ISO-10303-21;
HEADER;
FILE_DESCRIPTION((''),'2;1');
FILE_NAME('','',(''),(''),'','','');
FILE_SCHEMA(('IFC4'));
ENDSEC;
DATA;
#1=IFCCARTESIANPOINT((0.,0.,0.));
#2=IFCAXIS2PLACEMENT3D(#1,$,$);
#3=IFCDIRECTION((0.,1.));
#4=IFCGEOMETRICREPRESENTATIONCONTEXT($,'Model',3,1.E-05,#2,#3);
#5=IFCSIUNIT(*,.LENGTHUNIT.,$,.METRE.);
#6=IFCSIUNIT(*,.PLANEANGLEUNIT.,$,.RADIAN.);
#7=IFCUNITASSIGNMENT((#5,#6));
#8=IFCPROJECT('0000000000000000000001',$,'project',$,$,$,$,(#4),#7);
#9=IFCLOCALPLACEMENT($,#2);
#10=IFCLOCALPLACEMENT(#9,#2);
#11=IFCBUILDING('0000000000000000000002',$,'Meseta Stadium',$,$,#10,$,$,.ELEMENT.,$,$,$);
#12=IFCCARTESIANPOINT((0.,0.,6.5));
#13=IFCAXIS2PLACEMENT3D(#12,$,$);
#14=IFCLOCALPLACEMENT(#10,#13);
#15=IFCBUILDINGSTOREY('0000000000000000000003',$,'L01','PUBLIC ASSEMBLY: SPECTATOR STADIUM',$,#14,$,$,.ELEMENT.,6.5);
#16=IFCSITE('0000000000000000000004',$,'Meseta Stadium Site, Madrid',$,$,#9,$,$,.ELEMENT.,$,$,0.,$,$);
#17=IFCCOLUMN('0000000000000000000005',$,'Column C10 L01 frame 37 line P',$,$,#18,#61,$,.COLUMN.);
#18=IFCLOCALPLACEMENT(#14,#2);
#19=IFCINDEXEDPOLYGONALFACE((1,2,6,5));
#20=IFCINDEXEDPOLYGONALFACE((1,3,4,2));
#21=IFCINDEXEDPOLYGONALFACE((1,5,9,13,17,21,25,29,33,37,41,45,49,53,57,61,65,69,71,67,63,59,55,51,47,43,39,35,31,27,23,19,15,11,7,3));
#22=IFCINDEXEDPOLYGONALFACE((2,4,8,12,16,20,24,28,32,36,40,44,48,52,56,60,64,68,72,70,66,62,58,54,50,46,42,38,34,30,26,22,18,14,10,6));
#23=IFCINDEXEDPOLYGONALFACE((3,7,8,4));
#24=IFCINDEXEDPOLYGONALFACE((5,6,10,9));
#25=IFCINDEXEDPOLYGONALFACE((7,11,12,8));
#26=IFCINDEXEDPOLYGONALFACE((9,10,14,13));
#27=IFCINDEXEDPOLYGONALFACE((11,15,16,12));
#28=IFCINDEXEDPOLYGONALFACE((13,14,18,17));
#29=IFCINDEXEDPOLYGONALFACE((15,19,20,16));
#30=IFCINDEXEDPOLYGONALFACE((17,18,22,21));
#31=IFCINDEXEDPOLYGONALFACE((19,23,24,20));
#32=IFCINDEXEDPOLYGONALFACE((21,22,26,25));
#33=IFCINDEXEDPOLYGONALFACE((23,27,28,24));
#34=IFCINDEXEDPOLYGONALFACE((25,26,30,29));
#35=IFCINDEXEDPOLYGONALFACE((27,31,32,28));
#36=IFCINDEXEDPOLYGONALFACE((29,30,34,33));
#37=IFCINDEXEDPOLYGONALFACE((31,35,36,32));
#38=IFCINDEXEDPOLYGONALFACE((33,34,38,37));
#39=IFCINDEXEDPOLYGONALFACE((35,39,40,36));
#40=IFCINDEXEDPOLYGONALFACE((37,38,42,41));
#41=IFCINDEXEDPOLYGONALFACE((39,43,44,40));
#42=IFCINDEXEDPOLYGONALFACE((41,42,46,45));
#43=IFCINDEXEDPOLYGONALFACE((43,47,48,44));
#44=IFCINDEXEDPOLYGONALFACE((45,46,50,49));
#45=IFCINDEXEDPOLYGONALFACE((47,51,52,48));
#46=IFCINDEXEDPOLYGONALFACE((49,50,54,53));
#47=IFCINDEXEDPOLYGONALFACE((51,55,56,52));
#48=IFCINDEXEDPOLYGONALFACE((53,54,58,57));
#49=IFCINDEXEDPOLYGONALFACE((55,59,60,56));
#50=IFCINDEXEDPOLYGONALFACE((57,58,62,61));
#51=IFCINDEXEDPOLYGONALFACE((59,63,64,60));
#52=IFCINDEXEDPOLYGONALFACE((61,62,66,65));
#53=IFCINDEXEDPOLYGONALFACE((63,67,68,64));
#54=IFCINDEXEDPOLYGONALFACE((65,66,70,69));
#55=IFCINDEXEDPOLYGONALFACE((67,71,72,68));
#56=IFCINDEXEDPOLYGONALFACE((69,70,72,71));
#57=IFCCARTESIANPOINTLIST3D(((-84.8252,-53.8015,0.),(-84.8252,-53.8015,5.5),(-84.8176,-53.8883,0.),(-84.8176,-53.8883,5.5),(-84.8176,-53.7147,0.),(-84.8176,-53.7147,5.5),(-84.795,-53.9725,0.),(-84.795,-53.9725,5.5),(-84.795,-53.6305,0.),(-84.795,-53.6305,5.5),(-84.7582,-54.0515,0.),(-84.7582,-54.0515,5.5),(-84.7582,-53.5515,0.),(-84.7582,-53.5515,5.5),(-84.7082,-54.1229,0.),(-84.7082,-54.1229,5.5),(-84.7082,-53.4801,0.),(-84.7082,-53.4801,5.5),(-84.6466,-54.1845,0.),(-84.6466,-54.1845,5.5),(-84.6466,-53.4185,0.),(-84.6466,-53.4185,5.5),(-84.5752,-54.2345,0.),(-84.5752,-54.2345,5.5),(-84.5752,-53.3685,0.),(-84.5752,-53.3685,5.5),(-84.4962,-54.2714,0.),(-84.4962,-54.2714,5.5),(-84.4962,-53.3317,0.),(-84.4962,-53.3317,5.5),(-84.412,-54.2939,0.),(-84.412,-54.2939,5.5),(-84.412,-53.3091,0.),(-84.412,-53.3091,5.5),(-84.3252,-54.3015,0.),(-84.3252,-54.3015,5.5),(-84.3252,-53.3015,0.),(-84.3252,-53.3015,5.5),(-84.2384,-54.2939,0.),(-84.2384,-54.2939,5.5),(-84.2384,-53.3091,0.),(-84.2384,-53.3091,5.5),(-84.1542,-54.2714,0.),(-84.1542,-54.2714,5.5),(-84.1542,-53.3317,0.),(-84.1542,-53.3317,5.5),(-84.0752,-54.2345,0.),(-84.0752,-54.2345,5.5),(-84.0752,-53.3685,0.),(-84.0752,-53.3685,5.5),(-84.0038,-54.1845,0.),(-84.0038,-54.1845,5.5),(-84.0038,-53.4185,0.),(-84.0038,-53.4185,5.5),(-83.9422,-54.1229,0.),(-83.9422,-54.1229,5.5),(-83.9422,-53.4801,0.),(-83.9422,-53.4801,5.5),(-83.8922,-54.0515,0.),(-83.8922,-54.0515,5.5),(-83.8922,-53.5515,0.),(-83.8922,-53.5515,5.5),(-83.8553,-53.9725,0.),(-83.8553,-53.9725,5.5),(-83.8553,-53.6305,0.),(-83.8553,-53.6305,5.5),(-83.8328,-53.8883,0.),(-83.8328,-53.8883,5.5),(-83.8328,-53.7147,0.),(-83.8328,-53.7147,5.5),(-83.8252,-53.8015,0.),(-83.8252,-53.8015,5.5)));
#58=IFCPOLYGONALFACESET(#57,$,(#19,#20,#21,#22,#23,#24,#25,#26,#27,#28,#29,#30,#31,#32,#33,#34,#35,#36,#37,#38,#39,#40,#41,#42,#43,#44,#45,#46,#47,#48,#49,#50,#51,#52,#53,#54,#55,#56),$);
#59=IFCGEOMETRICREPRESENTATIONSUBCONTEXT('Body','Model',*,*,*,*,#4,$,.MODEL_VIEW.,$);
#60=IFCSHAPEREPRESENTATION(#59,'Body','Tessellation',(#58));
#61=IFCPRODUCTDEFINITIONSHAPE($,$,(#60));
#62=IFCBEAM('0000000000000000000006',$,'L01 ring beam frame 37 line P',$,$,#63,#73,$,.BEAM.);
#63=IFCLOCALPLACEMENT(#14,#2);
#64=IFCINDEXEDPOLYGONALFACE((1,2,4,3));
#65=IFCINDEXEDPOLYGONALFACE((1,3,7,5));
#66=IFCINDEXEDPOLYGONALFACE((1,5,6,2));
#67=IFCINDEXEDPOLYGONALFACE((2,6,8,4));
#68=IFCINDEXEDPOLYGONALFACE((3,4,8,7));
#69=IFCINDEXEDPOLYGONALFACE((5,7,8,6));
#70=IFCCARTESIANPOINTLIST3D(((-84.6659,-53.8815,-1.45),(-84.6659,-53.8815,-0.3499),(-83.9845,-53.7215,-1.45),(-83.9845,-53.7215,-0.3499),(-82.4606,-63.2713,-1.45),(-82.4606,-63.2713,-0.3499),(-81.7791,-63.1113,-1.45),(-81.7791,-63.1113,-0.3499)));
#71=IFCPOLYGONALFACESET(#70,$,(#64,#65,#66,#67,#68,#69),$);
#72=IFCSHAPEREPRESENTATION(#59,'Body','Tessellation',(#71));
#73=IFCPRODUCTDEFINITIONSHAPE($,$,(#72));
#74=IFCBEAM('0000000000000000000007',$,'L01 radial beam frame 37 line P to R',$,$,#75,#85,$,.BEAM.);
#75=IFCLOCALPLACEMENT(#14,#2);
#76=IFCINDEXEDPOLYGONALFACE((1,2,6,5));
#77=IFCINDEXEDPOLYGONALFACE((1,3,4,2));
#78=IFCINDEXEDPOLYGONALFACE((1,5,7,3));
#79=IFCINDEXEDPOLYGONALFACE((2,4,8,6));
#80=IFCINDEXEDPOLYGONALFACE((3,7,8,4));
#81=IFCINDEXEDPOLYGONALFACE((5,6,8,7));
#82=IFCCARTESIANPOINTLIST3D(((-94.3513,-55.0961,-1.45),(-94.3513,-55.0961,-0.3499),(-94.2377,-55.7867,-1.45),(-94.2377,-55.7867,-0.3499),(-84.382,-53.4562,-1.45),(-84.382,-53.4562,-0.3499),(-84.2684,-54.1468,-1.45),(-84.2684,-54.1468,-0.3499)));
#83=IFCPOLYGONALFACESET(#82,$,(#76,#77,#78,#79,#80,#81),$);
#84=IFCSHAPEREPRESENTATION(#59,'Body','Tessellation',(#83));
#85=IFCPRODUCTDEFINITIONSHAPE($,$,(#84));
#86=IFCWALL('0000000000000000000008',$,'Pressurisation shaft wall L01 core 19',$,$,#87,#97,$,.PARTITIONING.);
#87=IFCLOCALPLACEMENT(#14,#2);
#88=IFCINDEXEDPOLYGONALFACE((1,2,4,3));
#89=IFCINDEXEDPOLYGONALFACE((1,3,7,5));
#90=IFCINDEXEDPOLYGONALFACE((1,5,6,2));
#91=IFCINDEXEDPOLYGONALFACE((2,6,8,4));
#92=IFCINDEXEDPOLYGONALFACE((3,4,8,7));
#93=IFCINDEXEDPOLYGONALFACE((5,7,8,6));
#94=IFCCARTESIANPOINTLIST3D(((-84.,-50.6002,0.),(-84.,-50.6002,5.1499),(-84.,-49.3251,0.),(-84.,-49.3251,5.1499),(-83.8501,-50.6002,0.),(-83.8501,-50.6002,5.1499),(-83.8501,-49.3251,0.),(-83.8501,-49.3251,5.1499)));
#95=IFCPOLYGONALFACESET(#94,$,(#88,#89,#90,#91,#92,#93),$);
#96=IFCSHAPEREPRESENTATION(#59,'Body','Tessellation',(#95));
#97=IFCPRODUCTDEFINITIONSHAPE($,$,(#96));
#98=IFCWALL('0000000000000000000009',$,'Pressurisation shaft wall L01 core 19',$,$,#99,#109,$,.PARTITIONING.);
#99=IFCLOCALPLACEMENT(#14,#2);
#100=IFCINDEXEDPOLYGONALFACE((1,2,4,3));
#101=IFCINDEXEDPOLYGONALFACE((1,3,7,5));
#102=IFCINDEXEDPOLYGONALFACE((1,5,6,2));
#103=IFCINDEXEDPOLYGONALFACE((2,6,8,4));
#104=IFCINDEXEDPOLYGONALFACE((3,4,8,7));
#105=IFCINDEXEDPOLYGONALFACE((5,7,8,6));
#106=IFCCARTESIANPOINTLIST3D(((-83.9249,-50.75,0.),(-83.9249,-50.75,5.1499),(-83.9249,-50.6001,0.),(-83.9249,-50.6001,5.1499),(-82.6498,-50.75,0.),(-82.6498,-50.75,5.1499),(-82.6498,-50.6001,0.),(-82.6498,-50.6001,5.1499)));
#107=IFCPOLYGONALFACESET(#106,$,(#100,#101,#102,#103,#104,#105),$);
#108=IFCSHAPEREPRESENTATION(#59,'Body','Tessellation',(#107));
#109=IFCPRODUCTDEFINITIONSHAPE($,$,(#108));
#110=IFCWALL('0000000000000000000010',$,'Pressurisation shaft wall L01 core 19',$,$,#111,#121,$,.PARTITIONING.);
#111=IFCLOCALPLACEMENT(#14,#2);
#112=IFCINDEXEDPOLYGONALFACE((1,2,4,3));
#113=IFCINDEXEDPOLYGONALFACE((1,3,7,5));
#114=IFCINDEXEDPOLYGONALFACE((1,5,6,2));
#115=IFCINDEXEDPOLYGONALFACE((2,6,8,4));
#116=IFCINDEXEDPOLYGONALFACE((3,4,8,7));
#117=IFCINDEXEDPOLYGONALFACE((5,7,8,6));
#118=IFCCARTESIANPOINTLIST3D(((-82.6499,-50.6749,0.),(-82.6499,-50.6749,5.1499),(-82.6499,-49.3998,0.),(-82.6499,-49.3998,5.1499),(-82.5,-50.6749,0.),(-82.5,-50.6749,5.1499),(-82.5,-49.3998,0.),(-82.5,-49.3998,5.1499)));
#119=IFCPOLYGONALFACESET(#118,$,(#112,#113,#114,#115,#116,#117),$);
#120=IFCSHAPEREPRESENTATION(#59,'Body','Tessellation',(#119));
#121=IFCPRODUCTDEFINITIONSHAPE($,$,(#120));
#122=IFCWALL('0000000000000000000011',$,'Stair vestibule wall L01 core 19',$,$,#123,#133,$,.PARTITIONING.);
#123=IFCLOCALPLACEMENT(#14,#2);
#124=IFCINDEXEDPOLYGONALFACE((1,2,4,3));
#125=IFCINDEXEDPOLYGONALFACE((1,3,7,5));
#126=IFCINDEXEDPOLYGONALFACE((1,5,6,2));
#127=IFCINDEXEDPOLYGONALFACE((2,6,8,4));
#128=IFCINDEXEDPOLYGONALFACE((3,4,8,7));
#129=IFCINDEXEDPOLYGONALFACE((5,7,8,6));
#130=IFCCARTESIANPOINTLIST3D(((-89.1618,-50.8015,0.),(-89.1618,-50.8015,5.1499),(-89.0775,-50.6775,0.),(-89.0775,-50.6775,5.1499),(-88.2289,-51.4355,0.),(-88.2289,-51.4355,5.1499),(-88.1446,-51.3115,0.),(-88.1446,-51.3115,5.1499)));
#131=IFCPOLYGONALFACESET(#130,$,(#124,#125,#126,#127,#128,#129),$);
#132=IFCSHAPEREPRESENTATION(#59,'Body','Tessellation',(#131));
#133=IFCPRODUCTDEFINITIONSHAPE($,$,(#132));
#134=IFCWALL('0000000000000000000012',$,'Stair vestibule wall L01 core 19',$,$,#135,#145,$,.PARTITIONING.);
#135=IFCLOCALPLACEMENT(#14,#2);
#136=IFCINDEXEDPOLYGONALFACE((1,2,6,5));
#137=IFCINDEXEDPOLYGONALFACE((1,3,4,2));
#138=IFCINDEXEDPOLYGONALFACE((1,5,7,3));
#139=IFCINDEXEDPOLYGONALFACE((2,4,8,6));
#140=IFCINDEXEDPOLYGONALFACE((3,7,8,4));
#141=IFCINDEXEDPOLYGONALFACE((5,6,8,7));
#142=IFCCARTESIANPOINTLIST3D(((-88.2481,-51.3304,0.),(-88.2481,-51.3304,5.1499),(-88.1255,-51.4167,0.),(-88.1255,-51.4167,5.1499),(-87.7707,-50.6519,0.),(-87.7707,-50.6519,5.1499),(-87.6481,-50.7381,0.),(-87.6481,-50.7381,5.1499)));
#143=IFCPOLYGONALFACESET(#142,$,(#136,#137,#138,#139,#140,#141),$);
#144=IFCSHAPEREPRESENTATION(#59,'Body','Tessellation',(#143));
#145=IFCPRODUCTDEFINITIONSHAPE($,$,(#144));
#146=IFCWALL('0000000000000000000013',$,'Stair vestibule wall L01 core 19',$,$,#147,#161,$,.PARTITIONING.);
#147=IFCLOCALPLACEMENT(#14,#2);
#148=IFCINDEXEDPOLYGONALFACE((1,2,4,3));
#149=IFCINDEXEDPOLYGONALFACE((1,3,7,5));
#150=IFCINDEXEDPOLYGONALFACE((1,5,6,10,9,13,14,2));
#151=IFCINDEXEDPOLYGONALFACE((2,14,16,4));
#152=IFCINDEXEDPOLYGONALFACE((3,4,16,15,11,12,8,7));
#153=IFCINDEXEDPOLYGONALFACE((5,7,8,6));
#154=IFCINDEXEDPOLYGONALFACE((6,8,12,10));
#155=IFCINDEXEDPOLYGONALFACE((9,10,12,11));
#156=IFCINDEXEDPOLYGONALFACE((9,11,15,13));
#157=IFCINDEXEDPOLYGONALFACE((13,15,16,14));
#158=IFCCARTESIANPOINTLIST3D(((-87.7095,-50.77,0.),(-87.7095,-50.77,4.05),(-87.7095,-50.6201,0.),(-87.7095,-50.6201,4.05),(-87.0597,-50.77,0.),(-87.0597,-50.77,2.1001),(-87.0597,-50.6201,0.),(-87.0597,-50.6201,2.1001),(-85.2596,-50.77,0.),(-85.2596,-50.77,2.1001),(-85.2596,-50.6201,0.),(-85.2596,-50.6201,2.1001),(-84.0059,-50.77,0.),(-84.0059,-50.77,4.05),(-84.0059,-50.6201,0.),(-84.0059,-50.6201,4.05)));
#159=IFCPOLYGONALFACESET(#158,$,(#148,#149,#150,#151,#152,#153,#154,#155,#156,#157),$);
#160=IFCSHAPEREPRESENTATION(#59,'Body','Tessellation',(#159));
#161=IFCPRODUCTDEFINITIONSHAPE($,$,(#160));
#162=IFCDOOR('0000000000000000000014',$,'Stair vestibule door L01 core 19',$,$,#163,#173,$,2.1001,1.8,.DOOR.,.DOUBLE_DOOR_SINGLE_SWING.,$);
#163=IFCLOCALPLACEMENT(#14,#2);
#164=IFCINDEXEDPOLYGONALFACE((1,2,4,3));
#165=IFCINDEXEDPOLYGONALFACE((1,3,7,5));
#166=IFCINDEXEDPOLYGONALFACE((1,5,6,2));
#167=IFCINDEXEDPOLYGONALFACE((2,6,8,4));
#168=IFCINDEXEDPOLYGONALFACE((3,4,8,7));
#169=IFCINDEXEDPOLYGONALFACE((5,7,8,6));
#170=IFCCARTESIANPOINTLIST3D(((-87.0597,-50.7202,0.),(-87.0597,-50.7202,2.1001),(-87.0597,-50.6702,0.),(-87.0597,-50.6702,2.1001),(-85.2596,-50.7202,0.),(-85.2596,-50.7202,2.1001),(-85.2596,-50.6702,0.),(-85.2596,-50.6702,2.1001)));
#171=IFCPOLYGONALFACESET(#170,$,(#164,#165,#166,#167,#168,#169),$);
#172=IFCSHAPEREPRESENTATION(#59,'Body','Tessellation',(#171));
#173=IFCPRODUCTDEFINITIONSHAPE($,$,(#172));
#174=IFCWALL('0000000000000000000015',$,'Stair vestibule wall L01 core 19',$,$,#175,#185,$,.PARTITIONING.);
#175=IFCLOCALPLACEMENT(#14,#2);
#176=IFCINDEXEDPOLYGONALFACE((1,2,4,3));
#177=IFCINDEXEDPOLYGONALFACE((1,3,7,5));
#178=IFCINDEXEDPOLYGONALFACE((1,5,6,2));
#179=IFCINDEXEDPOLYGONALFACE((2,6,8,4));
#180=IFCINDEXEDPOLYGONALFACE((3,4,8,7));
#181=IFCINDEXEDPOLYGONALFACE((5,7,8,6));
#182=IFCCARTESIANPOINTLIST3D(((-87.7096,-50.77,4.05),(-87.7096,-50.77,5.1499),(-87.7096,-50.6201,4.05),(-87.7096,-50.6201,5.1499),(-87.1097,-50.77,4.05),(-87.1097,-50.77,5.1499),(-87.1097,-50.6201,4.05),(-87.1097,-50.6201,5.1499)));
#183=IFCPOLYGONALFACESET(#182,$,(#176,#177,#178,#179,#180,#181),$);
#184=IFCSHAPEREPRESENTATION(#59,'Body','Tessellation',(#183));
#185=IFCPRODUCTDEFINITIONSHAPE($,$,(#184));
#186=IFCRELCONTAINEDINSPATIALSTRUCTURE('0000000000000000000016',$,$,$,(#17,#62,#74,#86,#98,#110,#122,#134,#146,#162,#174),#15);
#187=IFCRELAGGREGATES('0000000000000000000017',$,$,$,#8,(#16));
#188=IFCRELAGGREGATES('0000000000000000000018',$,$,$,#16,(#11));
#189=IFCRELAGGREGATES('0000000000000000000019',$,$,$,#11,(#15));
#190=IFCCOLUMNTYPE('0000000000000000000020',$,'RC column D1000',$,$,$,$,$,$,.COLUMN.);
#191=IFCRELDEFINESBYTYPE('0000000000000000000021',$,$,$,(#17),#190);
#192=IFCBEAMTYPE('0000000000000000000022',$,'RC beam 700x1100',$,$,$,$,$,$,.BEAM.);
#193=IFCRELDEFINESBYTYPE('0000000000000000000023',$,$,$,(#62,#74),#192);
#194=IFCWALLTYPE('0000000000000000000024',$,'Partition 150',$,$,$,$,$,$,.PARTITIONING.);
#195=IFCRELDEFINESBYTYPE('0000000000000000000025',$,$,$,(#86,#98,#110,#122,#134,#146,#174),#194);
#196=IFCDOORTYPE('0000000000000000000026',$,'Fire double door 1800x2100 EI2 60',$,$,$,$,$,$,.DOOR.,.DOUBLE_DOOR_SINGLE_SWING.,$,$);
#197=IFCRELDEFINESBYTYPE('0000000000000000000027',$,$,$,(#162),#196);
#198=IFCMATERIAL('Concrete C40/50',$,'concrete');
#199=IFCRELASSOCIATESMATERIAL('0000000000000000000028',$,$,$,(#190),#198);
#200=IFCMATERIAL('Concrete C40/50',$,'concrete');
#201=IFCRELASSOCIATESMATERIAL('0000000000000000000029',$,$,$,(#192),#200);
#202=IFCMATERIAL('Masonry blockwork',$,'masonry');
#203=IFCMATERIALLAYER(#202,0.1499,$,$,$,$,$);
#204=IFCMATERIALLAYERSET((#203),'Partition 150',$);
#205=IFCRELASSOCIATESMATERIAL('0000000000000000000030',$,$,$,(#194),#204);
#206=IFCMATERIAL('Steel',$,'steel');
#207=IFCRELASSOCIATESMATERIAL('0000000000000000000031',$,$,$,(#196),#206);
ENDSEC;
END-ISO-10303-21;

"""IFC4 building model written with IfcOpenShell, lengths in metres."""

from ifc_helpers import new_model, si_unit, direction, frame, frame_2d, origin, origin_2d, place, context, subcontext, project, spatial, rectangle, circle, extrude, material, layer, layer_set, material_profile, profile_set, type_object, element, fill, save


model = new_model("IFC4")

# Units and contexts
model_context = context("Model", 3, precision=1e-05, world=origin(), true_north=direction((0.0, 1.0)))
body_context = subcontext(model_context, "Body", "Model", "MODEL_VIEW")
ifc_project = project(units=[si_unit("LENGTHUNIT", "METRE"), si_unit("PLANEANGLEUNIT", "RADIAN")], contexts=[model_context])

# Site, building, storey
site_placement = place(None, origin())
site = spatial("IfcSite", under=ifc_project, at=site_placement, Name="Meseta Stadium Site, Madrid", CompositionType="ELEMENT", RefElevation=0.0)
building_placement = place(site_placement, origin())
building = spatial("IfcBuilding", under=site, at=building_placement, Name="Meseta Stadium", CompositionType="ELEMENT")
storey_placement = place(building_placement, frame((0.0, 0.0, 6.5)))
storey = spatial("IfcBuildingStorey", under=building, at=storey_placement, Name="L01", Description="PUBLIC ASSEMBLY: SPECTATOR STADIUM", CompositionType="ELEMENT", Elevation=6.5)

# Column
ifc_material_1 = material(Name="Concrete C40/50", Category="concrete")
ifc_material_profile_1 = material_profile(ifc_material_1, circle(Radius=0.5, at=origin_2d()), Name="RC D1000")
ifc_profile_set_1 = profile_set([ifc_material_profile_1], Name="Concrete C40/50")
column_type = type_object("IfcColumnType", Name="RC column D1000", PredefinedType="COLUMN", material=ifc_profile_set_1)
column_placement = place(storey_placement, frame((-84.3252, -53.8015, 0.0), z_axis=(0.0, 0.0, 1.0), x_axis=(1.0, 0.0, 0.0)))
element("IfcColumn", 1, at=column_placement, inside=storey, type_object=column_type, Name="Column C10 L01 frame 37 line P", PredefinedType="COLUMN", context=body_context, shape_type="SweptSolid", body=[
    extrude(circle(Radius=0.5, at=origin_2d()), origin(), (0.0, 0.0, 1.0), 5.5),
])

# Beams
ifc_material_2 = material(Name="Concrete C40/50", Category="concrete")
ifc_material_profile_2 = material_profile(ifc_material_2, rectangle(XDim=0.7, YDim=1.1001, at=origin_2d()), Name="RC 700x1100")
ifc_profile_set_2 = profile_set([ifc_material_profile_2], Name="Concrete C40/50")
beam_type = type_object("IfcBeamType", Name="RC beam 700x1100", PredefinedType="BEAM", material=ifc_profile_set_2)
beam_1_placement = place(storey_placement, frame((-84.3252, -53.8015, -0.8999), z_axis=(0.228646, -0.97351, 0.0), x_axis=(0.97351, 0.228646, 0.0)))
element("IfcBeam", 2, at=beam_1_placement, inside=storey, type_object=beam_type, Name="L01 ring beam frame 37 line P", PredefinedType="BEAM", context=body_context, shape_type="SweptSolid", body=[
    extrude(rectangle(XDim=0.7, YDim=1.1001, at=origin_2d()), origin(), (0.0, 0.0, 1.0), 9.6453),
])
beam_2_placement = place(storey_placement, frame((-84.3252, -53.8015, -0.8999), z_axis=(-0.986739, -0.162314, 0.0), x_axis=(0.162314, -0.986739, 0.0)))
element("IfcBeam", 3, at=beam_2_placement, inside=storey, type_object=beam_type, Name="L01 radial beam frame 37 line P to R", PredefinedType="BEAM", context=body_context, shape_type="SweptSolid", body=[
    extrude(rectangle(XDim=0.7, YDim=1.1001, at=origin_2d()), origin(), (0.0, 0.0, 1.0), 10.1033),
])

# Walls
ifc_material_3 = material(Name="Masonry blockwork", Category="masonry")
ifc_layer = layer(ifc_material_3, 0.1499)
ifc_layer_set = layer_set([ifc_layer], Name="Partition 150")
wall_type = type_object("IfcWallType", Name="Partition 150", PredefinedType="PARTITIONING", material=ifc_layer_set)
for number, where, z_axis, x_axis, name in (
    (4, (-83.925, -49.325, 0.0), (0.0, 0.0, 1.0), (0.0, -1.0, 0.0), "Pressurisation shaft wall L01 core 19"),
    (5, (-83.925, -50.675, 0.0), (0.0, 0.0, 1.0), (1.0, 0.0, 0.0), "Pressurisation shaft wall L01 core 19"),
    (6, (-82.575, -50.675, 0.0), (0.0, 0.0, 1.0), (0.0, 1.0, 0.0), "Pressurisation shaft wall L01 core 19"),
):
    element("IfcWall", number, at=place(storey_placement, frame(where, z_axis=z_axis, x_axis=x_axis)), inside=storey, type_object=wall_type, Name=name, PredefinedType="PARTITIONING", context=body_context, shape_type="SweptSolid", body=[
        extrude(rectangle(XDim=1.2751, YDim=0.1499, at=frame_2d((0.6377, 0.0))), origin(), (0.0, 0.0, 1.0), 5.1499),
    ])
wall_1_placement = place(storey_placement, frame((-89.1196, -50.7395, 0.0), z_axis=(0.0, 0.0, 1.0), x_axis=(0.827055, -0.562121, 0.0)))
element("IfcWall", 7, at=wall_1_placement, inside=storey, type_object=wall_type, Name="Stair vestibule wall L01 core 19", PredefinedType="PARTITIONING", context=body_context, shape_type="SweptSolid", body=[
    extrude(rectangle(XDim=1.1279, YDim=0.1499, at=frame_2d((0.564, 0.0))), origin(), (0.0, 0.0, 1.0), 5.1499),
])
wall_2_placement = place(storey_placement, frame((-88.1868, -51.3735, 0.0), z_axis=(0.0, 0.0, 1.0), x_axis=(0.575377, 0.817888, 0.0)))
element("IfcWall", 8, at=wall_2_placement, inside=storey, type_object=wall_type, Name="Stair vestibule wall L01 core 19", PredefinedType="PARTITIONING", context=body_context, shape_type="SweptSolid", body=[
    extrude(rectangle(XDim=0.8296, YDim=0.1499, at=frame_2d((0.4148, 0.0))), origin(), (0.0, 0.0, 1.0), 5.1499),
])

# Wall, opening, door
wall_3_placement = place(storey_placement, frame((-87.7095, -50.6951, 0.0), z_axis=(0.0, 0.0, 1.0), x_axis=(1.0, 0.0, 0.0)))
wall_3 = element("IfcWall", 9, at=wall_3_placement, inside=storey, type_object=wall_type, Name="Stair vestibule wall L01 core 19", PredefinedType="PARTITIONING", context=body_context, shape_type="SweptSolid", body=[
    extrude(rectangle(XDim=3.7036, YDim=0.1499, at=frame_2d((1.8518, 0.0))), origin(), (0.0, 0.0, 1.0), 4.05),
])
opening_1_placement = place(wall_3_placement, frame((0.6499, 0.0, 0.0)))
opening_1 = element("IfcOpeningElement", 10, at=opening_1_placement, cuts=wall_3, PredefinedType="OPENING", context=body_context, shape_type="SweptSolid", body=[
    extrude(rectangle(XDim=1.8, YDim=2.1001, at=frame_2d((0.8999, 1.05))), frame((0.0, 0.085, 0.0), z_axis=(0.0, -1.0, 0.0), x_axis=(1.0, 0.0, 0.0)), (0.0, 0.0, 1.0), 0.1699),
])
ifc_material_4 = material(Name="Steel", Category="steel")
door_type = type_object("IfcDoorType", Name="Fire double door 1800x2100 EI2 60", OperationType="DOUBLE_DOOR_SINGLE_SWING", PredefinedType="DOOR", material=ifc_material_4)
door_1_placement = place(opening_1_placement, origin())
door_1 = element("IfcDoor", 11, at=door_1_placement, inside=storey, type_object=door_type, Name="Stair vestibule door L01 core 19", OperationType="DOUBLE_DOOR_SINGLE_SWING", OverallHeight=2.1001, OverallWidth=1.8, PredefinedType="DOOR", context=body_context, shape_type="SweptSolid", body=[
    extrude(rectangle(XDim=1.8, YDim=2.1001, at=frame_2d((0.8999, 1.05))), frame((0.0, 0.0249, 0.0), z_axis=(0.0, -1.0, 0.0), x_axis=(1.0, 0.0, 0.0)), (0.0, 0.0, 1.0), 0.05),
])
fill(opening_1, door_1)

# Wall
wall_4_placement = place(storey_placement, frame((-87.7095, -50.6951, 4.05), z_axis=(0.0, 0.0, 1.0), x_axis=(1.0, 0.0, 0.0)))
element("IfcWall", 12, at=wall_4_placement, inside=storey, type_object=wall_type, Name="Stair vestibule wall L01 core 19", PredefinedType="PARTITIONING", context=body_context, shape_type="SweptSolid", body=[
    extrude(rectangle(XDim=0.5999, YDim=0.1499, at=frame_2d((0.2998, 0.0))), origin(), (0.0, 0.0, 1.0), 1.0999),
])

save(model, "model.ifc")
